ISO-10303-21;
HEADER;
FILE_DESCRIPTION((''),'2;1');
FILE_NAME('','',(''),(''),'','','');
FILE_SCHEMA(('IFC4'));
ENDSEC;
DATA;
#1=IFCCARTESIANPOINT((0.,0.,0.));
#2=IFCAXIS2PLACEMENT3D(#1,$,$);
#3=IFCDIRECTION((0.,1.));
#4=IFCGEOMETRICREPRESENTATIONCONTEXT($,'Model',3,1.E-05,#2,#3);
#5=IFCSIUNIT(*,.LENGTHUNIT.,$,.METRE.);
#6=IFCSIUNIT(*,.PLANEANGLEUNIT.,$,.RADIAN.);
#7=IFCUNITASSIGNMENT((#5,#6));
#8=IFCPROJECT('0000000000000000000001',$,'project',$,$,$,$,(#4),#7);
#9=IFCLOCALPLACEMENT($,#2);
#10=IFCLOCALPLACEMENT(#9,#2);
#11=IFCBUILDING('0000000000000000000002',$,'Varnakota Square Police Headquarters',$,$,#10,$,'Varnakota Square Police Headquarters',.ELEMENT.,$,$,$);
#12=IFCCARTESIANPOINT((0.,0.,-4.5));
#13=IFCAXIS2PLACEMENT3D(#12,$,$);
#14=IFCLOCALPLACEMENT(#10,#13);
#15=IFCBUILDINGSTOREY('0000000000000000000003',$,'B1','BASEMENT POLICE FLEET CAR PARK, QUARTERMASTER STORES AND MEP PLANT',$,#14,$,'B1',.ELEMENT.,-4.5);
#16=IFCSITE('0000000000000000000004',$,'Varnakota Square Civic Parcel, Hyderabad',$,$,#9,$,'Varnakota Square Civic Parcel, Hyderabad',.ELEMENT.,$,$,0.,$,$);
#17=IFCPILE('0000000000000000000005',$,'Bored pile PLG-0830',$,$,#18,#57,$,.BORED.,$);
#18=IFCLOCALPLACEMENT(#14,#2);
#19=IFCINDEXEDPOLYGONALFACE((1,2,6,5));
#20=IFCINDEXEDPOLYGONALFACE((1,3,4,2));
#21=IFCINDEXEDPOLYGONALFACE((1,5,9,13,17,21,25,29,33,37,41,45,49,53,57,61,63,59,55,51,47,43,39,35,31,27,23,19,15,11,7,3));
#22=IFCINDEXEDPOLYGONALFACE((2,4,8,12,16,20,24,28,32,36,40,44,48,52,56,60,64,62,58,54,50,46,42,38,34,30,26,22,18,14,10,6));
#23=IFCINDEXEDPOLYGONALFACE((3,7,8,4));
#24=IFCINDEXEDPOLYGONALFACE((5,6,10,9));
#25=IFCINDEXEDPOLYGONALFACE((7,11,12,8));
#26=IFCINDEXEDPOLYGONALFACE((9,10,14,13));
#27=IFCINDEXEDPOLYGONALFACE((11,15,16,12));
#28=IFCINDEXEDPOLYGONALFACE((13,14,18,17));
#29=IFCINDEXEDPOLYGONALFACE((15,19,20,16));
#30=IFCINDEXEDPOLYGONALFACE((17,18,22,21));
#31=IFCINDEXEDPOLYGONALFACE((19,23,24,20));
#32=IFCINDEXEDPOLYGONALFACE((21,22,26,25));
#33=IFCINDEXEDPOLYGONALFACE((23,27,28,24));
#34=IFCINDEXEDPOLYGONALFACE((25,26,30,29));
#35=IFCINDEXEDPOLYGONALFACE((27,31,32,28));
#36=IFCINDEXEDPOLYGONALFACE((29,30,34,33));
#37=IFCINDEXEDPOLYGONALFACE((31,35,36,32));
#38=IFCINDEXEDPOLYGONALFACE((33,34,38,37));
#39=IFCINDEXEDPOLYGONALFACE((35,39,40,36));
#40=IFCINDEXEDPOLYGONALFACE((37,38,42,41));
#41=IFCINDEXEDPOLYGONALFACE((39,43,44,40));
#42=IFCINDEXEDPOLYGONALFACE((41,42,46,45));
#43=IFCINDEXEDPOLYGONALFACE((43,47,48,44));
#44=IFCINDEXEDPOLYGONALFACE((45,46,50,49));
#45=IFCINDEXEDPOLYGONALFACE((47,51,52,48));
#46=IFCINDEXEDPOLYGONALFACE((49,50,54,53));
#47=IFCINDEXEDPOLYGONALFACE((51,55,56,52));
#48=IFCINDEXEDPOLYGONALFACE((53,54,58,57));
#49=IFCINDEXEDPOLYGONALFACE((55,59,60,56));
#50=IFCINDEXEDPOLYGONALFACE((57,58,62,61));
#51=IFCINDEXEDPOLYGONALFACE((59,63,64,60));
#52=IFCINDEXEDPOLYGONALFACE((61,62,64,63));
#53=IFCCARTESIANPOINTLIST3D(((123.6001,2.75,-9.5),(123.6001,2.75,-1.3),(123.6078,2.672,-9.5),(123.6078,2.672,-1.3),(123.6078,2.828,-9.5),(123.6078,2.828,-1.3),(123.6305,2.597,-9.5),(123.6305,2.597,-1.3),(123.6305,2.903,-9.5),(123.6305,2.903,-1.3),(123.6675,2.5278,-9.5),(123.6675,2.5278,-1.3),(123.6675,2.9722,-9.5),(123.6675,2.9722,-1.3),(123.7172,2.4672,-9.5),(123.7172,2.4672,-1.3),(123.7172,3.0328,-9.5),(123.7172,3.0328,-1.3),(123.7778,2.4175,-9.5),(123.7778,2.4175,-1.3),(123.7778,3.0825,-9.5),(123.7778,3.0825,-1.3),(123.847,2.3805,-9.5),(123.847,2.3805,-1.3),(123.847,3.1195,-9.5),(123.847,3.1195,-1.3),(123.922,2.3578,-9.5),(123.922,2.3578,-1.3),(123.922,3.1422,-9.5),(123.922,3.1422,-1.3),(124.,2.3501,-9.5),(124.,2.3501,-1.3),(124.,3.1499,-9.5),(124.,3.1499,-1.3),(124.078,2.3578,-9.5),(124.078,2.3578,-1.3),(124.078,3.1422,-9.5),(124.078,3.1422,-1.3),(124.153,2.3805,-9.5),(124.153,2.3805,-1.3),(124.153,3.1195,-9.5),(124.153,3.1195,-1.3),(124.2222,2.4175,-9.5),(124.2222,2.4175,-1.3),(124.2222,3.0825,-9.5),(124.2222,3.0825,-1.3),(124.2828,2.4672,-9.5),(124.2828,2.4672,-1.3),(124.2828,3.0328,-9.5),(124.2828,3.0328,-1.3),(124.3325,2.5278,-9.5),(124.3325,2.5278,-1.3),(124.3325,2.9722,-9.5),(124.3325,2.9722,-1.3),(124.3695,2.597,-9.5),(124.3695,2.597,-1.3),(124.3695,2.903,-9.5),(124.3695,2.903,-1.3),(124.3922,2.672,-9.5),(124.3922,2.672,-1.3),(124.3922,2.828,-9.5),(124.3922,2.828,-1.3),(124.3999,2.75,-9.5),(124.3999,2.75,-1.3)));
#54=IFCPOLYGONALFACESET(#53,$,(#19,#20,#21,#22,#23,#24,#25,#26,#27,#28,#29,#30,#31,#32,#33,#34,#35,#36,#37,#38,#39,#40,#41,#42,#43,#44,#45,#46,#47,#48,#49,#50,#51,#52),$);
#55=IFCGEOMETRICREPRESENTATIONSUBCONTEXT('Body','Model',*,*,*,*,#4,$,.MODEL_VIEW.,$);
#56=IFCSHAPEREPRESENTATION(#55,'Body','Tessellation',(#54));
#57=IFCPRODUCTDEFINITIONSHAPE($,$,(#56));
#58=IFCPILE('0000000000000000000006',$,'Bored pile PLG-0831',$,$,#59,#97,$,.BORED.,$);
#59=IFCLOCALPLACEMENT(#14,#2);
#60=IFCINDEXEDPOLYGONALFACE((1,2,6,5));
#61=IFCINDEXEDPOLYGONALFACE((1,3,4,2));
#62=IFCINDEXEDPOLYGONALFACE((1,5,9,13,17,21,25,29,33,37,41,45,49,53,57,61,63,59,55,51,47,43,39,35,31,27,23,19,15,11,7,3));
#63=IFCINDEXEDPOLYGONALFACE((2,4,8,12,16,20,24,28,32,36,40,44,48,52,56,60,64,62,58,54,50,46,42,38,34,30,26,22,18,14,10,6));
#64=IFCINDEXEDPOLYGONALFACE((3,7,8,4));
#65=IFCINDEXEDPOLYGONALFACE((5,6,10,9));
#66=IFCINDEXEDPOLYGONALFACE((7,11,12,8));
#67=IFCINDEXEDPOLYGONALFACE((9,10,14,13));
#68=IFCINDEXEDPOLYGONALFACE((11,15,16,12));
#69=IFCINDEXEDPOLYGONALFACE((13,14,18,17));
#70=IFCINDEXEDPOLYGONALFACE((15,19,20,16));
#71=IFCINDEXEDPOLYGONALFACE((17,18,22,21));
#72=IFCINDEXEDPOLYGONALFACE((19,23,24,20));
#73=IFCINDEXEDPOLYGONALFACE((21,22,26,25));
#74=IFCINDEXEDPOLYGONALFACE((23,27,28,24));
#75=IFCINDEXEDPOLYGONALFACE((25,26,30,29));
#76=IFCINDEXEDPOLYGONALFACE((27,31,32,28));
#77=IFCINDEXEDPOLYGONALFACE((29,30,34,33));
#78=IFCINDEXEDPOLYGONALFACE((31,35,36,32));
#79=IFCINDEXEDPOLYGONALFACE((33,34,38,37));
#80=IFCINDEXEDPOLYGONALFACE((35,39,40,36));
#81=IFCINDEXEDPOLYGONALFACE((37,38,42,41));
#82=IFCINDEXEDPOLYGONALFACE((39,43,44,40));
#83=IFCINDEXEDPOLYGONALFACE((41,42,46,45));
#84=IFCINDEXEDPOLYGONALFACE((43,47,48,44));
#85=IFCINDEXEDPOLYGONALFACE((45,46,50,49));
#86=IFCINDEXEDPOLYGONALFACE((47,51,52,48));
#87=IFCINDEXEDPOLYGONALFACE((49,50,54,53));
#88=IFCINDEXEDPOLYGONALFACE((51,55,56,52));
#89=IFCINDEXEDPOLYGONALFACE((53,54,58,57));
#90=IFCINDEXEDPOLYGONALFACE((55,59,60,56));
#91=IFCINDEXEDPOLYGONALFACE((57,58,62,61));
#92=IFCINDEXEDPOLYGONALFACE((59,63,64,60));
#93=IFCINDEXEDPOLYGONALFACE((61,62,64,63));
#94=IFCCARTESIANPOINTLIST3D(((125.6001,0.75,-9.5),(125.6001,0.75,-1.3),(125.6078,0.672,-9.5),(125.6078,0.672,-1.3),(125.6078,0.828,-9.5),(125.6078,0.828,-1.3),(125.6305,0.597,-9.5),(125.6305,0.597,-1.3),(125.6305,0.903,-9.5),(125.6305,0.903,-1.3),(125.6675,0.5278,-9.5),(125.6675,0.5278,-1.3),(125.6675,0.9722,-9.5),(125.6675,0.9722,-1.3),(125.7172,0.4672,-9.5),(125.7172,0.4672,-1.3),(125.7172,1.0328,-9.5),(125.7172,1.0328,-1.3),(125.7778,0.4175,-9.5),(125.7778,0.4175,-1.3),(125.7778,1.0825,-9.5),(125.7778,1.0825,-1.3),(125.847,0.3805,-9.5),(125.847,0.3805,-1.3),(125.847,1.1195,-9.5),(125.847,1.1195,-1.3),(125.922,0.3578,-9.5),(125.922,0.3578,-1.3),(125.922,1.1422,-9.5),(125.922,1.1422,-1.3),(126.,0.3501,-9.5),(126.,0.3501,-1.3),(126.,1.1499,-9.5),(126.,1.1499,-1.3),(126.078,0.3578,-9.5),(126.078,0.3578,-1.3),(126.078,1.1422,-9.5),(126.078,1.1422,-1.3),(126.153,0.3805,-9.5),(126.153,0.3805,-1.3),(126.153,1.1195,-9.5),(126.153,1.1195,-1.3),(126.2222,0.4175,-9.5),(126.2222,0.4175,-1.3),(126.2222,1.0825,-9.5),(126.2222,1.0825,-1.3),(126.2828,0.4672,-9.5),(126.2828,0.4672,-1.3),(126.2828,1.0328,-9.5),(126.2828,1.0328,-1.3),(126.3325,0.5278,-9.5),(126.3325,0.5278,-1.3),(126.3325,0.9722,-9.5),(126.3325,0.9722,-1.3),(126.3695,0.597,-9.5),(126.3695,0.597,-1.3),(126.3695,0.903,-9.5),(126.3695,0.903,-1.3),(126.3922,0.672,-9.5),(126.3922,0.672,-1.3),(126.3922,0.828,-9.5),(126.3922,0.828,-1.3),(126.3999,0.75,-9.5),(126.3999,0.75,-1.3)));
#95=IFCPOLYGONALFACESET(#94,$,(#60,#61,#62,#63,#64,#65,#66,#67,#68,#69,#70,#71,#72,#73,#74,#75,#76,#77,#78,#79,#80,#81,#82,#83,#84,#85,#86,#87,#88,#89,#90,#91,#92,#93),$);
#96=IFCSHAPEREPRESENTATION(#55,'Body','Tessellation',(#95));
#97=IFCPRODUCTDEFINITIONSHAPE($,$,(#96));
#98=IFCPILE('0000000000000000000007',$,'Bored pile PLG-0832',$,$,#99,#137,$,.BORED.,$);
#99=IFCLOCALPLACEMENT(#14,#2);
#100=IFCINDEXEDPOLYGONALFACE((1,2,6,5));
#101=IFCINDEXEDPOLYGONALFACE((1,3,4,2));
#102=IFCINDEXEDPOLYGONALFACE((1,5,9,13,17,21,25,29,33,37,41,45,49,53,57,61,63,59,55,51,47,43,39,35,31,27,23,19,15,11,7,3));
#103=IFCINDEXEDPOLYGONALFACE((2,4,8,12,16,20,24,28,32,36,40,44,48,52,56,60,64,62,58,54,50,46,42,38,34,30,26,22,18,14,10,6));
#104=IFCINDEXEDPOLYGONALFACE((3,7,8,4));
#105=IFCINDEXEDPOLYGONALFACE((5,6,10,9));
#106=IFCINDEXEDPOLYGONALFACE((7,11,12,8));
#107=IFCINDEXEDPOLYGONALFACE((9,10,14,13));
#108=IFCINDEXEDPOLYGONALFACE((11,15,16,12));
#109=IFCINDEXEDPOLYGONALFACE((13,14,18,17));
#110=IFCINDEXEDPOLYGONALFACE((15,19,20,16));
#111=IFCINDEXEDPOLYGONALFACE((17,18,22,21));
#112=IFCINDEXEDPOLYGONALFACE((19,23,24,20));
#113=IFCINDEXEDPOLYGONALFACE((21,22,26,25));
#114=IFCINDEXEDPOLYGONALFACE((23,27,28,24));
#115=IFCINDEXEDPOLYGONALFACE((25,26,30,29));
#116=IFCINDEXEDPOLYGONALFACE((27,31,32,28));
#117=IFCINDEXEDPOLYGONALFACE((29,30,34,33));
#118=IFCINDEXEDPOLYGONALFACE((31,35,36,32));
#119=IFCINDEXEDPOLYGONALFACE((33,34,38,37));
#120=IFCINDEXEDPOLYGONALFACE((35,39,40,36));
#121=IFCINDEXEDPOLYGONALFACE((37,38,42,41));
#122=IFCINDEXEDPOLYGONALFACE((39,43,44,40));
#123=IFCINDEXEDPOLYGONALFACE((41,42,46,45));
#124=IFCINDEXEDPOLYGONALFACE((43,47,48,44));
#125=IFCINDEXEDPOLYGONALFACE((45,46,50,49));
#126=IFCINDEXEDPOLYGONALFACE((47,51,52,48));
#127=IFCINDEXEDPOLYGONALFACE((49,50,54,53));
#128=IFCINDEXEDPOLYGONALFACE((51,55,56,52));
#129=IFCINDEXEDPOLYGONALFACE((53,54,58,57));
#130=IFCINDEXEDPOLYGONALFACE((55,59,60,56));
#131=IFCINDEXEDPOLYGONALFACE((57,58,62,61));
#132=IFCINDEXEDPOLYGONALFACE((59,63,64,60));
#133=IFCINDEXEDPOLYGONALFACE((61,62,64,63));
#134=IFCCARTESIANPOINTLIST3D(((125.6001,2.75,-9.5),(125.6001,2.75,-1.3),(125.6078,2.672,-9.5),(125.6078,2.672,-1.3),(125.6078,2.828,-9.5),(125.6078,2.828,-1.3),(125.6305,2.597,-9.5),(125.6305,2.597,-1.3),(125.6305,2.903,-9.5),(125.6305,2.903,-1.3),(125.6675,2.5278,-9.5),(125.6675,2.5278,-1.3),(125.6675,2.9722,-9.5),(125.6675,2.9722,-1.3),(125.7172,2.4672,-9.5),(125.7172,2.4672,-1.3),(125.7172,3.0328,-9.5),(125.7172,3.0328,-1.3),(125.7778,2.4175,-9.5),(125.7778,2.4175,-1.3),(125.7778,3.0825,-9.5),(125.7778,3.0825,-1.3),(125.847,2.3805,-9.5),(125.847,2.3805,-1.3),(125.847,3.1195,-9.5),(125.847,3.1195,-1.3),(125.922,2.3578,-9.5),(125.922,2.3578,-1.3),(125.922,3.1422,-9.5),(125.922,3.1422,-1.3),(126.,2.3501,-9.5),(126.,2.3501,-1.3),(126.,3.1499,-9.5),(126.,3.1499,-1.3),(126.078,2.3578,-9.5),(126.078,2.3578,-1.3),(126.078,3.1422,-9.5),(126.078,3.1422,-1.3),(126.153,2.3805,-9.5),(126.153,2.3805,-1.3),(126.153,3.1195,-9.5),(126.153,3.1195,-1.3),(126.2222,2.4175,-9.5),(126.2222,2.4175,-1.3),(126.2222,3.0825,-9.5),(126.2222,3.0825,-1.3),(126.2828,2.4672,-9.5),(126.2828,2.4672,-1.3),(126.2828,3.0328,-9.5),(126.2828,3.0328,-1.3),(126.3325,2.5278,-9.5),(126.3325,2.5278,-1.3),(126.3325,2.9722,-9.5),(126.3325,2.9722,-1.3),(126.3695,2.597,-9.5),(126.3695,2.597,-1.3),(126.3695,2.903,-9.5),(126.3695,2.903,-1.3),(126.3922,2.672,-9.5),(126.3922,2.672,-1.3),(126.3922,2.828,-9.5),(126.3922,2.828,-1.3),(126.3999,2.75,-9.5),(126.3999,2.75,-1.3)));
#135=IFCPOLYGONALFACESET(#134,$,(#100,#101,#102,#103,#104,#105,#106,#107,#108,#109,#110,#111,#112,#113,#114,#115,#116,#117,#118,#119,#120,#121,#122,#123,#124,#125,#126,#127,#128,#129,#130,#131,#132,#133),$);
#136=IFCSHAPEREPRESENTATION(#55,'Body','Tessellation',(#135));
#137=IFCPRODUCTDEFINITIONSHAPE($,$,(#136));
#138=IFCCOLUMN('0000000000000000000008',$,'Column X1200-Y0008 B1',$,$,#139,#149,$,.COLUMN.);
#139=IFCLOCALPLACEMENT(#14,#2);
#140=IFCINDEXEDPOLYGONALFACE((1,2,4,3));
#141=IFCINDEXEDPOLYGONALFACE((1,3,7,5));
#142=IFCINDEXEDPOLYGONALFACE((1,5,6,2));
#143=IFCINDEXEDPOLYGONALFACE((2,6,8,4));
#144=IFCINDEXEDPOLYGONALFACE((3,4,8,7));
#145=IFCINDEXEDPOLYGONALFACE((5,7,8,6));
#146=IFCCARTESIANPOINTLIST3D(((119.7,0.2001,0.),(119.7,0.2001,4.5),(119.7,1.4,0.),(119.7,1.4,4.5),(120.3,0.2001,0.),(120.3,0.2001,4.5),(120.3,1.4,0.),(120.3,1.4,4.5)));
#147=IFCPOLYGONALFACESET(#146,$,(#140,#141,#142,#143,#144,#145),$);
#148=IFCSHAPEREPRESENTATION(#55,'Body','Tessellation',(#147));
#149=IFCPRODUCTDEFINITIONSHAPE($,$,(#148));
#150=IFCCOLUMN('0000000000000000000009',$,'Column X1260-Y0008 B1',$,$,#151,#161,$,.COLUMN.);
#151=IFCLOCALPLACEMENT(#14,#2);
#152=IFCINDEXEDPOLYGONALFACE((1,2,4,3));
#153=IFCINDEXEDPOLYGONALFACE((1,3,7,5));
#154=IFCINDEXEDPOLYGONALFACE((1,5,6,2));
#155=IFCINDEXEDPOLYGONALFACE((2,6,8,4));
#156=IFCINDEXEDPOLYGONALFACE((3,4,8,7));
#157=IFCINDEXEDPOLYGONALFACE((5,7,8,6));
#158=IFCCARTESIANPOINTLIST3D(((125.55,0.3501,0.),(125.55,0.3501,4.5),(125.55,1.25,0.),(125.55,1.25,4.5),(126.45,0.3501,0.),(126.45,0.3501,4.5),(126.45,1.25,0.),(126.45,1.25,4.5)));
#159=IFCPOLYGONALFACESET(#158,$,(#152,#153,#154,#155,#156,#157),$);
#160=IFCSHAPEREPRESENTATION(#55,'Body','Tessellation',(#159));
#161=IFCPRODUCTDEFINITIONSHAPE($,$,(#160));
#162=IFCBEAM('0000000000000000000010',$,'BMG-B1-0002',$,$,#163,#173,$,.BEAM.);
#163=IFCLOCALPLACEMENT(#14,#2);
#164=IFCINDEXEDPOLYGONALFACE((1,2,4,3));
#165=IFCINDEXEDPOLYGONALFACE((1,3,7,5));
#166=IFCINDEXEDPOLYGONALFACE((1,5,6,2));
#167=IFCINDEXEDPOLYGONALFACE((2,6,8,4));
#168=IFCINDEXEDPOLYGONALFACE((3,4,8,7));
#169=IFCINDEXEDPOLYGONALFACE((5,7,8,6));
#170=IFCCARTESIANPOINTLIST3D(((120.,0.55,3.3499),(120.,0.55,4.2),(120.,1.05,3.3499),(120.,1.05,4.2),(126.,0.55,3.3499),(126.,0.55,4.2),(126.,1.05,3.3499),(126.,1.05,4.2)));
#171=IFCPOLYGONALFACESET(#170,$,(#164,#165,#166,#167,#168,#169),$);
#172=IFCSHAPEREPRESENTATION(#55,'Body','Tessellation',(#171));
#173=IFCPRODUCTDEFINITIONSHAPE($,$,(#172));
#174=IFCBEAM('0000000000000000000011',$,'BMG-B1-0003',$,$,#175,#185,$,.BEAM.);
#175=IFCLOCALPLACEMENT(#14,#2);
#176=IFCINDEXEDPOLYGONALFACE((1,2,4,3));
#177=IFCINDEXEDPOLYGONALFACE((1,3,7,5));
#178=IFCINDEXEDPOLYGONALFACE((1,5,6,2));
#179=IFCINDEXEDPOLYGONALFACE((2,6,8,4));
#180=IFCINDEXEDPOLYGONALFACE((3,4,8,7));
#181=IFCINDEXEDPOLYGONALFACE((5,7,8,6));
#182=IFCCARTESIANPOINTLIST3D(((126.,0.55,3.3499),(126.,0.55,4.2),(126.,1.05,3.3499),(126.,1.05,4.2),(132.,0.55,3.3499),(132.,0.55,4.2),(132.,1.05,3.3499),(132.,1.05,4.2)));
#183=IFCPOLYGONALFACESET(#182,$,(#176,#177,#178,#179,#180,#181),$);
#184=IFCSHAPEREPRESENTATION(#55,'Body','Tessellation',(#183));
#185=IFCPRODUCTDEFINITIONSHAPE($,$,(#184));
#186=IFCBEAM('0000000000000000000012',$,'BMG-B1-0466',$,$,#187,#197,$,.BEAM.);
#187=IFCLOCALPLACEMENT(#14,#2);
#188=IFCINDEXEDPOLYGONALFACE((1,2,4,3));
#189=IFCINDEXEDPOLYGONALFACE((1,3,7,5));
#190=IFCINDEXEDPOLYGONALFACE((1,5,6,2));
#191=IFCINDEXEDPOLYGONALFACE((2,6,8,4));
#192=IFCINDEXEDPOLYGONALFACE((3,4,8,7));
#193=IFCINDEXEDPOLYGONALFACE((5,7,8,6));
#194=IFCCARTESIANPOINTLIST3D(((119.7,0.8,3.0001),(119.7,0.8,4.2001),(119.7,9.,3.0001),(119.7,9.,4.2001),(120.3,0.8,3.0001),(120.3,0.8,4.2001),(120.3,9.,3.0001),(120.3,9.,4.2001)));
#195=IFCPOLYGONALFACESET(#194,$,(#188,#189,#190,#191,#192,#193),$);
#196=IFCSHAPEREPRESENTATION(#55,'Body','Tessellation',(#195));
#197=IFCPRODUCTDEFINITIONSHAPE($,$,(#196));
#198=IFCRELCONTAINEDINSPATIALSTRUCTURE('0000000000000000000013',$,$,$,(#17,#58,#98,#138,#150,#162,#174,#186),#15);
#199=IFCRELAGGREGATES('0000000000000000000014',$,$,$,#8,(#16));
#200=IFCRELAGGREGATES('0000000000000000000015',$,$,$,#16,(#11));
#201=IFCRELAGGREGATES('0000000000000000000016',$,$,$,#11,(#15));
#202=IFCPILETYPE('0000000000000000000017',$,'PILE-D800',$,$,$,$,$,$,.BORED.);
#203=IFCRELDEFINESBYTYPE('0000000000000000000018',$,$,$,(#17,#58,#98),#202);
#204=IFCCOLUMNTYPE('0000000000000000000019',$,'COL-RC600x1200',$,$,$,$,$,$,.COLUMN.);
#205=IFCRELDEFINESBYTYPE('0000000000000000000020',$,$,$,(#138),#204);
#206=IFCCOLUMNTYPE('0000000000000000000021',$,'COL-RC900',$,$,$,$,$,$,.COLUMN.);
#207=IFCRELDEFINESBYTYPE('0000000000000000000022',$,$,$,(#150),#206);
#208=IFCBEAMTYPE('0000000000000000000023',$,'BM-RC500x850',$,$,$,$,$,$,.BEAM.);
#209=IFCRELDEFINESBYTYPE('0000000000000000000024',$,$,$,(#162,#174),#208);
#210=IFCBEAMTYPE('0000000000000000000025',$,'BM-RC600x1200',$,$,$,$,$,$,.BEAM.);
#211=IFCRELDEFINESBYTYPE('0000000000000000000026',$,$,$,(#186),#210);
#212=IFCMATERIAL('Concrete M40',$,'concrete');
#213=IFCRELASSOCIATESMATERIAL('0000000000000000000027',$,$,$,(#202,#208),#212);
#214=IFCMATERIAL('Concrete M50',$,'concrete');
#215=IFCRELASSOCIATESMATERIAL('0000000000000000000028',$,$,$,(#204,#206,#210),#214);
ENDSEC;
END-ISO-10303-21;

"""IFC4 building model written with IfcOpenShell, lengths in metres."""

from ifc_helpers import new_model, si_unit, direction, frame, origin, origin_2d, place, context, subcontext, project, spatial, rectangle, circle, extrude, material, material_profile, profile_set, type_object, element, save


model = new_model("IFC4")

# Units and contexts
model_context = context("Model", 3, precision=1e-05, world=origin(), true_north=direction((0.0, 1.0)))
body_context = subcontext(model_context, "Body", "Model", "MODEL_VIEW")
ifc_project = project(units=[si_unit("LENGTHUNIT", "METRE"), si_unit("PLANEANGLEUNIT", "RADIAN")], contexts=[model_context])

# Site, building, storey
site_placement = place(None, origin())
site = spatial("IfcSite", under=ifc_project, at=site_placement, Name="Varnakota Square Civic Parcel, Hyderabad", LongName="Varnakota Square Civic Parcel, Hyderabad", CompositionType="ELEMENT", RefElevation=0.0)
building_placement = place(site_placement, origin())
building = spatial("IfcBuilding", under=site, at=building_placement, Name="Varnakota Square Police Headquarters", LongName="Varnakota Square Police Headquarters", CompositionType="ELEMENT")
storey_placement = place(building_placement, frame((0.0, 0.0, -4.5)))
storey = spatial("IfcBuildingStorey", under=building, at=storey_placement, Name="B1", Description="BASEMENT POLICE FLEET CAR PARK, QUARTERMASTER STORES AND MEP PLANT", LongName="B1", CompositionType="ELEMENT", Elevation=-4.5)

# Shared definitions
ifc_material_1 = material(Name="Concrete M40", Category="concrete")
ifc_material_2 = material(Name="Concrete M50", Category="concrete")

# Piles
ifc_material_profile_1 = material_profile(ifc_material_1, circle(Radius=0.3999, at=origin_2d()), Name="BORED PILE 800")
ifc_profile_set_1 = profile_set([ifc_material_profile_1], Name="Concrete M40")
pile_type = type_object("IfcPileType", Name="PILE-D800", PredefinedType="BORED", material=ifc_profile_set_1)
for number, where, z_axis, x_axis, name in (
    (1, (124.0, 2.75, -1.3), (0.0, 0.0, -1.0), (1.0, 0.0, 0.0), "Bored pile PLG-0830"),
    (2, (126.0, 0.75, -1.3), (0.0, 0.0, -1.0), (1.0, 0.0, 0.0), "Bored pile PLG-0831"),
    (3, (126.0, 2.75, -1.3), (0.0, 0.0, -1.0), (1.0, 0.0, 0.0), "Bored pile PLG-0832"),
):
    element("IfcPile", number, at=place(storey_placement, frame(where, z_axis=z_axis, x_axis=x_axis)), inside=storey, type_object=pile_type, Name=name, PredefinedType="BORED", context=body_context, shape_type="SweptSolid", body=[
        extrude(circle(Radius=0.3999, at=origin_2d()), origin(), (0.0, 0.0, 1.0), 8.2),
    ])

# Columns
ifc_material_profile_2 = material_profile(ifc_material_2, rectangle(XDim=0.6001, YDim=1.2, at=origin_2d()), Name="RC 600x1200")
ifc_profile_set_2 = profile_set([ifc_material_profile_2], Name="Concrete M50")
column_type_1 = type_object("IfcColumnType", Name="COL-RC600x1200", PredefinedType="COLUMN", material=ifc_profile_set_2)
column_1_placement = place(storey_placement, frame((120.0, 0.8, 0.0), z_axis=(0.0, 0.0, 1.0), x_axis=(1.0, 0.0, 0.0)))
element("IfcColumn", 4, at=column_1_placement, inside=storey, type_object=column_type_1, Name="Column X1200-Y0008 B1", PredefinedType="COLUMN", context=body_context, shape_type="SweptSolid", body=[
    extrude(rectangle(XDim=0.6001, YDim=1.2, at=origin_2d()), origin(), (0.0, 0.0, 1.0), 4.5),
])
ifc_material_profile_3 = material_profile(ifc_material_2, rectangle(XDim=0.8999, YDim=0.8999, at=origin_2d()), Name="RC 900x900")
ifc_profile_set_3 = profile_set([ifc_material_profile_3], Name="Concrete M50")
column_type_2 = type_object("IfcColumnType", Name="COL-RC900", PredefinedType="COLUMN", material=ifc_profile_set_3)
column_2_placement = place(storey_placement, frame((126.0, 0.8, 0.0), z_axis=(0.0, 0.0, 1.0), x_axis=(1.0, 0.0, 0.0)))
element("IfcColumn", 5, at=column_2_placement, inside=storey, type_object=column_type_2, Name="Column X1260-Y0008 B1", PredefinedType="COLUMN", context=body_context, shape_type="SweptSolid", body=[
    extrude(rectangle(XDim=0.8999, YDim=0.8999, at=origin_2d()), origin(), (0.0, 0.0, 1.0), 4.5),
])

# Beams
ifc_material_profile_4 = material_profile(ifc_material_1, rectangle(XDim=0.5, YDim=0.8501, at=origin_2d()), Name="RC 500x850")
ifc_profile_set_4 = profile_set([ifc_material_profile_4], Name="Concrete M40")
beam_type_1 = type_object("IfcBeamType", Name="BM-RC500x850", PredefinedType="BEAM", material=ifc_profile_set_4)
for number, where, z_axis, x_axis, name in (
    (6, (120.0, 0.8, 3.7749), (1.0, 0.0, 0.0), (0.0, 1.0, 0.0), "BMG-B1-0002"),
    (7, (126.0, 0.8, 3.7749), (1.0, 0.0, 0.0), (0.0, 1.0, 0.0), "BMG-B1-0003"),
):
    element("IfcBeam", number, at=place(storey_placement, frame(where, z_axis=z_axis, x_axis=x_axis)), inside=storey, type_object=beam_type_1, Name=name, PredefinedType="BEAM", context=body_context, shape_type="SweptSolid", body=[
        extrude(rectangle(XDim=0.5, YDim=0.8501, at=origin_2d()), origin(), (0.0, 0.0, 1.0), 6.0),
    ])
ifc_material_profile_5 = material_profile(ifc_material_2, rectangle(XDim=0.6001, YDim=1.2, at=origin_2d()), Name="RC 600x1200")
ifc_profile_set_5 = profile_set([ifc_material_profile_5], Name="Concrete M50")
beam_type_2 = type_object("IfcBeamType", Name="BM-RC600x1200", PredefinedType="BEAM", material=ifc_profile_set_5)
for number, where, z_axis, x_axis, name in (
    (8, (120.0, 0.8, 3.6001), (0.0, 1.0, 0.0), (-1.0, 0.0, 0.0), "BMG-B1-0466"),
):
    element("IfcBeam", number, at=place(storey_placement, frame(where, z_axis=z_axis, x_axis=x_axis)), inside=storey, type_object=beam_type_2, Name=name, PredefinedType="BEAM", context=body_context, shape_type="SweptSolid", body=[
        extrude(rectangle(XDim=0.6001, YDim=1.2, at=origin_2d()), origin(), (0.0, 0.0, 1.0), 8.2),
    ])

save(model, "model.ifc")
